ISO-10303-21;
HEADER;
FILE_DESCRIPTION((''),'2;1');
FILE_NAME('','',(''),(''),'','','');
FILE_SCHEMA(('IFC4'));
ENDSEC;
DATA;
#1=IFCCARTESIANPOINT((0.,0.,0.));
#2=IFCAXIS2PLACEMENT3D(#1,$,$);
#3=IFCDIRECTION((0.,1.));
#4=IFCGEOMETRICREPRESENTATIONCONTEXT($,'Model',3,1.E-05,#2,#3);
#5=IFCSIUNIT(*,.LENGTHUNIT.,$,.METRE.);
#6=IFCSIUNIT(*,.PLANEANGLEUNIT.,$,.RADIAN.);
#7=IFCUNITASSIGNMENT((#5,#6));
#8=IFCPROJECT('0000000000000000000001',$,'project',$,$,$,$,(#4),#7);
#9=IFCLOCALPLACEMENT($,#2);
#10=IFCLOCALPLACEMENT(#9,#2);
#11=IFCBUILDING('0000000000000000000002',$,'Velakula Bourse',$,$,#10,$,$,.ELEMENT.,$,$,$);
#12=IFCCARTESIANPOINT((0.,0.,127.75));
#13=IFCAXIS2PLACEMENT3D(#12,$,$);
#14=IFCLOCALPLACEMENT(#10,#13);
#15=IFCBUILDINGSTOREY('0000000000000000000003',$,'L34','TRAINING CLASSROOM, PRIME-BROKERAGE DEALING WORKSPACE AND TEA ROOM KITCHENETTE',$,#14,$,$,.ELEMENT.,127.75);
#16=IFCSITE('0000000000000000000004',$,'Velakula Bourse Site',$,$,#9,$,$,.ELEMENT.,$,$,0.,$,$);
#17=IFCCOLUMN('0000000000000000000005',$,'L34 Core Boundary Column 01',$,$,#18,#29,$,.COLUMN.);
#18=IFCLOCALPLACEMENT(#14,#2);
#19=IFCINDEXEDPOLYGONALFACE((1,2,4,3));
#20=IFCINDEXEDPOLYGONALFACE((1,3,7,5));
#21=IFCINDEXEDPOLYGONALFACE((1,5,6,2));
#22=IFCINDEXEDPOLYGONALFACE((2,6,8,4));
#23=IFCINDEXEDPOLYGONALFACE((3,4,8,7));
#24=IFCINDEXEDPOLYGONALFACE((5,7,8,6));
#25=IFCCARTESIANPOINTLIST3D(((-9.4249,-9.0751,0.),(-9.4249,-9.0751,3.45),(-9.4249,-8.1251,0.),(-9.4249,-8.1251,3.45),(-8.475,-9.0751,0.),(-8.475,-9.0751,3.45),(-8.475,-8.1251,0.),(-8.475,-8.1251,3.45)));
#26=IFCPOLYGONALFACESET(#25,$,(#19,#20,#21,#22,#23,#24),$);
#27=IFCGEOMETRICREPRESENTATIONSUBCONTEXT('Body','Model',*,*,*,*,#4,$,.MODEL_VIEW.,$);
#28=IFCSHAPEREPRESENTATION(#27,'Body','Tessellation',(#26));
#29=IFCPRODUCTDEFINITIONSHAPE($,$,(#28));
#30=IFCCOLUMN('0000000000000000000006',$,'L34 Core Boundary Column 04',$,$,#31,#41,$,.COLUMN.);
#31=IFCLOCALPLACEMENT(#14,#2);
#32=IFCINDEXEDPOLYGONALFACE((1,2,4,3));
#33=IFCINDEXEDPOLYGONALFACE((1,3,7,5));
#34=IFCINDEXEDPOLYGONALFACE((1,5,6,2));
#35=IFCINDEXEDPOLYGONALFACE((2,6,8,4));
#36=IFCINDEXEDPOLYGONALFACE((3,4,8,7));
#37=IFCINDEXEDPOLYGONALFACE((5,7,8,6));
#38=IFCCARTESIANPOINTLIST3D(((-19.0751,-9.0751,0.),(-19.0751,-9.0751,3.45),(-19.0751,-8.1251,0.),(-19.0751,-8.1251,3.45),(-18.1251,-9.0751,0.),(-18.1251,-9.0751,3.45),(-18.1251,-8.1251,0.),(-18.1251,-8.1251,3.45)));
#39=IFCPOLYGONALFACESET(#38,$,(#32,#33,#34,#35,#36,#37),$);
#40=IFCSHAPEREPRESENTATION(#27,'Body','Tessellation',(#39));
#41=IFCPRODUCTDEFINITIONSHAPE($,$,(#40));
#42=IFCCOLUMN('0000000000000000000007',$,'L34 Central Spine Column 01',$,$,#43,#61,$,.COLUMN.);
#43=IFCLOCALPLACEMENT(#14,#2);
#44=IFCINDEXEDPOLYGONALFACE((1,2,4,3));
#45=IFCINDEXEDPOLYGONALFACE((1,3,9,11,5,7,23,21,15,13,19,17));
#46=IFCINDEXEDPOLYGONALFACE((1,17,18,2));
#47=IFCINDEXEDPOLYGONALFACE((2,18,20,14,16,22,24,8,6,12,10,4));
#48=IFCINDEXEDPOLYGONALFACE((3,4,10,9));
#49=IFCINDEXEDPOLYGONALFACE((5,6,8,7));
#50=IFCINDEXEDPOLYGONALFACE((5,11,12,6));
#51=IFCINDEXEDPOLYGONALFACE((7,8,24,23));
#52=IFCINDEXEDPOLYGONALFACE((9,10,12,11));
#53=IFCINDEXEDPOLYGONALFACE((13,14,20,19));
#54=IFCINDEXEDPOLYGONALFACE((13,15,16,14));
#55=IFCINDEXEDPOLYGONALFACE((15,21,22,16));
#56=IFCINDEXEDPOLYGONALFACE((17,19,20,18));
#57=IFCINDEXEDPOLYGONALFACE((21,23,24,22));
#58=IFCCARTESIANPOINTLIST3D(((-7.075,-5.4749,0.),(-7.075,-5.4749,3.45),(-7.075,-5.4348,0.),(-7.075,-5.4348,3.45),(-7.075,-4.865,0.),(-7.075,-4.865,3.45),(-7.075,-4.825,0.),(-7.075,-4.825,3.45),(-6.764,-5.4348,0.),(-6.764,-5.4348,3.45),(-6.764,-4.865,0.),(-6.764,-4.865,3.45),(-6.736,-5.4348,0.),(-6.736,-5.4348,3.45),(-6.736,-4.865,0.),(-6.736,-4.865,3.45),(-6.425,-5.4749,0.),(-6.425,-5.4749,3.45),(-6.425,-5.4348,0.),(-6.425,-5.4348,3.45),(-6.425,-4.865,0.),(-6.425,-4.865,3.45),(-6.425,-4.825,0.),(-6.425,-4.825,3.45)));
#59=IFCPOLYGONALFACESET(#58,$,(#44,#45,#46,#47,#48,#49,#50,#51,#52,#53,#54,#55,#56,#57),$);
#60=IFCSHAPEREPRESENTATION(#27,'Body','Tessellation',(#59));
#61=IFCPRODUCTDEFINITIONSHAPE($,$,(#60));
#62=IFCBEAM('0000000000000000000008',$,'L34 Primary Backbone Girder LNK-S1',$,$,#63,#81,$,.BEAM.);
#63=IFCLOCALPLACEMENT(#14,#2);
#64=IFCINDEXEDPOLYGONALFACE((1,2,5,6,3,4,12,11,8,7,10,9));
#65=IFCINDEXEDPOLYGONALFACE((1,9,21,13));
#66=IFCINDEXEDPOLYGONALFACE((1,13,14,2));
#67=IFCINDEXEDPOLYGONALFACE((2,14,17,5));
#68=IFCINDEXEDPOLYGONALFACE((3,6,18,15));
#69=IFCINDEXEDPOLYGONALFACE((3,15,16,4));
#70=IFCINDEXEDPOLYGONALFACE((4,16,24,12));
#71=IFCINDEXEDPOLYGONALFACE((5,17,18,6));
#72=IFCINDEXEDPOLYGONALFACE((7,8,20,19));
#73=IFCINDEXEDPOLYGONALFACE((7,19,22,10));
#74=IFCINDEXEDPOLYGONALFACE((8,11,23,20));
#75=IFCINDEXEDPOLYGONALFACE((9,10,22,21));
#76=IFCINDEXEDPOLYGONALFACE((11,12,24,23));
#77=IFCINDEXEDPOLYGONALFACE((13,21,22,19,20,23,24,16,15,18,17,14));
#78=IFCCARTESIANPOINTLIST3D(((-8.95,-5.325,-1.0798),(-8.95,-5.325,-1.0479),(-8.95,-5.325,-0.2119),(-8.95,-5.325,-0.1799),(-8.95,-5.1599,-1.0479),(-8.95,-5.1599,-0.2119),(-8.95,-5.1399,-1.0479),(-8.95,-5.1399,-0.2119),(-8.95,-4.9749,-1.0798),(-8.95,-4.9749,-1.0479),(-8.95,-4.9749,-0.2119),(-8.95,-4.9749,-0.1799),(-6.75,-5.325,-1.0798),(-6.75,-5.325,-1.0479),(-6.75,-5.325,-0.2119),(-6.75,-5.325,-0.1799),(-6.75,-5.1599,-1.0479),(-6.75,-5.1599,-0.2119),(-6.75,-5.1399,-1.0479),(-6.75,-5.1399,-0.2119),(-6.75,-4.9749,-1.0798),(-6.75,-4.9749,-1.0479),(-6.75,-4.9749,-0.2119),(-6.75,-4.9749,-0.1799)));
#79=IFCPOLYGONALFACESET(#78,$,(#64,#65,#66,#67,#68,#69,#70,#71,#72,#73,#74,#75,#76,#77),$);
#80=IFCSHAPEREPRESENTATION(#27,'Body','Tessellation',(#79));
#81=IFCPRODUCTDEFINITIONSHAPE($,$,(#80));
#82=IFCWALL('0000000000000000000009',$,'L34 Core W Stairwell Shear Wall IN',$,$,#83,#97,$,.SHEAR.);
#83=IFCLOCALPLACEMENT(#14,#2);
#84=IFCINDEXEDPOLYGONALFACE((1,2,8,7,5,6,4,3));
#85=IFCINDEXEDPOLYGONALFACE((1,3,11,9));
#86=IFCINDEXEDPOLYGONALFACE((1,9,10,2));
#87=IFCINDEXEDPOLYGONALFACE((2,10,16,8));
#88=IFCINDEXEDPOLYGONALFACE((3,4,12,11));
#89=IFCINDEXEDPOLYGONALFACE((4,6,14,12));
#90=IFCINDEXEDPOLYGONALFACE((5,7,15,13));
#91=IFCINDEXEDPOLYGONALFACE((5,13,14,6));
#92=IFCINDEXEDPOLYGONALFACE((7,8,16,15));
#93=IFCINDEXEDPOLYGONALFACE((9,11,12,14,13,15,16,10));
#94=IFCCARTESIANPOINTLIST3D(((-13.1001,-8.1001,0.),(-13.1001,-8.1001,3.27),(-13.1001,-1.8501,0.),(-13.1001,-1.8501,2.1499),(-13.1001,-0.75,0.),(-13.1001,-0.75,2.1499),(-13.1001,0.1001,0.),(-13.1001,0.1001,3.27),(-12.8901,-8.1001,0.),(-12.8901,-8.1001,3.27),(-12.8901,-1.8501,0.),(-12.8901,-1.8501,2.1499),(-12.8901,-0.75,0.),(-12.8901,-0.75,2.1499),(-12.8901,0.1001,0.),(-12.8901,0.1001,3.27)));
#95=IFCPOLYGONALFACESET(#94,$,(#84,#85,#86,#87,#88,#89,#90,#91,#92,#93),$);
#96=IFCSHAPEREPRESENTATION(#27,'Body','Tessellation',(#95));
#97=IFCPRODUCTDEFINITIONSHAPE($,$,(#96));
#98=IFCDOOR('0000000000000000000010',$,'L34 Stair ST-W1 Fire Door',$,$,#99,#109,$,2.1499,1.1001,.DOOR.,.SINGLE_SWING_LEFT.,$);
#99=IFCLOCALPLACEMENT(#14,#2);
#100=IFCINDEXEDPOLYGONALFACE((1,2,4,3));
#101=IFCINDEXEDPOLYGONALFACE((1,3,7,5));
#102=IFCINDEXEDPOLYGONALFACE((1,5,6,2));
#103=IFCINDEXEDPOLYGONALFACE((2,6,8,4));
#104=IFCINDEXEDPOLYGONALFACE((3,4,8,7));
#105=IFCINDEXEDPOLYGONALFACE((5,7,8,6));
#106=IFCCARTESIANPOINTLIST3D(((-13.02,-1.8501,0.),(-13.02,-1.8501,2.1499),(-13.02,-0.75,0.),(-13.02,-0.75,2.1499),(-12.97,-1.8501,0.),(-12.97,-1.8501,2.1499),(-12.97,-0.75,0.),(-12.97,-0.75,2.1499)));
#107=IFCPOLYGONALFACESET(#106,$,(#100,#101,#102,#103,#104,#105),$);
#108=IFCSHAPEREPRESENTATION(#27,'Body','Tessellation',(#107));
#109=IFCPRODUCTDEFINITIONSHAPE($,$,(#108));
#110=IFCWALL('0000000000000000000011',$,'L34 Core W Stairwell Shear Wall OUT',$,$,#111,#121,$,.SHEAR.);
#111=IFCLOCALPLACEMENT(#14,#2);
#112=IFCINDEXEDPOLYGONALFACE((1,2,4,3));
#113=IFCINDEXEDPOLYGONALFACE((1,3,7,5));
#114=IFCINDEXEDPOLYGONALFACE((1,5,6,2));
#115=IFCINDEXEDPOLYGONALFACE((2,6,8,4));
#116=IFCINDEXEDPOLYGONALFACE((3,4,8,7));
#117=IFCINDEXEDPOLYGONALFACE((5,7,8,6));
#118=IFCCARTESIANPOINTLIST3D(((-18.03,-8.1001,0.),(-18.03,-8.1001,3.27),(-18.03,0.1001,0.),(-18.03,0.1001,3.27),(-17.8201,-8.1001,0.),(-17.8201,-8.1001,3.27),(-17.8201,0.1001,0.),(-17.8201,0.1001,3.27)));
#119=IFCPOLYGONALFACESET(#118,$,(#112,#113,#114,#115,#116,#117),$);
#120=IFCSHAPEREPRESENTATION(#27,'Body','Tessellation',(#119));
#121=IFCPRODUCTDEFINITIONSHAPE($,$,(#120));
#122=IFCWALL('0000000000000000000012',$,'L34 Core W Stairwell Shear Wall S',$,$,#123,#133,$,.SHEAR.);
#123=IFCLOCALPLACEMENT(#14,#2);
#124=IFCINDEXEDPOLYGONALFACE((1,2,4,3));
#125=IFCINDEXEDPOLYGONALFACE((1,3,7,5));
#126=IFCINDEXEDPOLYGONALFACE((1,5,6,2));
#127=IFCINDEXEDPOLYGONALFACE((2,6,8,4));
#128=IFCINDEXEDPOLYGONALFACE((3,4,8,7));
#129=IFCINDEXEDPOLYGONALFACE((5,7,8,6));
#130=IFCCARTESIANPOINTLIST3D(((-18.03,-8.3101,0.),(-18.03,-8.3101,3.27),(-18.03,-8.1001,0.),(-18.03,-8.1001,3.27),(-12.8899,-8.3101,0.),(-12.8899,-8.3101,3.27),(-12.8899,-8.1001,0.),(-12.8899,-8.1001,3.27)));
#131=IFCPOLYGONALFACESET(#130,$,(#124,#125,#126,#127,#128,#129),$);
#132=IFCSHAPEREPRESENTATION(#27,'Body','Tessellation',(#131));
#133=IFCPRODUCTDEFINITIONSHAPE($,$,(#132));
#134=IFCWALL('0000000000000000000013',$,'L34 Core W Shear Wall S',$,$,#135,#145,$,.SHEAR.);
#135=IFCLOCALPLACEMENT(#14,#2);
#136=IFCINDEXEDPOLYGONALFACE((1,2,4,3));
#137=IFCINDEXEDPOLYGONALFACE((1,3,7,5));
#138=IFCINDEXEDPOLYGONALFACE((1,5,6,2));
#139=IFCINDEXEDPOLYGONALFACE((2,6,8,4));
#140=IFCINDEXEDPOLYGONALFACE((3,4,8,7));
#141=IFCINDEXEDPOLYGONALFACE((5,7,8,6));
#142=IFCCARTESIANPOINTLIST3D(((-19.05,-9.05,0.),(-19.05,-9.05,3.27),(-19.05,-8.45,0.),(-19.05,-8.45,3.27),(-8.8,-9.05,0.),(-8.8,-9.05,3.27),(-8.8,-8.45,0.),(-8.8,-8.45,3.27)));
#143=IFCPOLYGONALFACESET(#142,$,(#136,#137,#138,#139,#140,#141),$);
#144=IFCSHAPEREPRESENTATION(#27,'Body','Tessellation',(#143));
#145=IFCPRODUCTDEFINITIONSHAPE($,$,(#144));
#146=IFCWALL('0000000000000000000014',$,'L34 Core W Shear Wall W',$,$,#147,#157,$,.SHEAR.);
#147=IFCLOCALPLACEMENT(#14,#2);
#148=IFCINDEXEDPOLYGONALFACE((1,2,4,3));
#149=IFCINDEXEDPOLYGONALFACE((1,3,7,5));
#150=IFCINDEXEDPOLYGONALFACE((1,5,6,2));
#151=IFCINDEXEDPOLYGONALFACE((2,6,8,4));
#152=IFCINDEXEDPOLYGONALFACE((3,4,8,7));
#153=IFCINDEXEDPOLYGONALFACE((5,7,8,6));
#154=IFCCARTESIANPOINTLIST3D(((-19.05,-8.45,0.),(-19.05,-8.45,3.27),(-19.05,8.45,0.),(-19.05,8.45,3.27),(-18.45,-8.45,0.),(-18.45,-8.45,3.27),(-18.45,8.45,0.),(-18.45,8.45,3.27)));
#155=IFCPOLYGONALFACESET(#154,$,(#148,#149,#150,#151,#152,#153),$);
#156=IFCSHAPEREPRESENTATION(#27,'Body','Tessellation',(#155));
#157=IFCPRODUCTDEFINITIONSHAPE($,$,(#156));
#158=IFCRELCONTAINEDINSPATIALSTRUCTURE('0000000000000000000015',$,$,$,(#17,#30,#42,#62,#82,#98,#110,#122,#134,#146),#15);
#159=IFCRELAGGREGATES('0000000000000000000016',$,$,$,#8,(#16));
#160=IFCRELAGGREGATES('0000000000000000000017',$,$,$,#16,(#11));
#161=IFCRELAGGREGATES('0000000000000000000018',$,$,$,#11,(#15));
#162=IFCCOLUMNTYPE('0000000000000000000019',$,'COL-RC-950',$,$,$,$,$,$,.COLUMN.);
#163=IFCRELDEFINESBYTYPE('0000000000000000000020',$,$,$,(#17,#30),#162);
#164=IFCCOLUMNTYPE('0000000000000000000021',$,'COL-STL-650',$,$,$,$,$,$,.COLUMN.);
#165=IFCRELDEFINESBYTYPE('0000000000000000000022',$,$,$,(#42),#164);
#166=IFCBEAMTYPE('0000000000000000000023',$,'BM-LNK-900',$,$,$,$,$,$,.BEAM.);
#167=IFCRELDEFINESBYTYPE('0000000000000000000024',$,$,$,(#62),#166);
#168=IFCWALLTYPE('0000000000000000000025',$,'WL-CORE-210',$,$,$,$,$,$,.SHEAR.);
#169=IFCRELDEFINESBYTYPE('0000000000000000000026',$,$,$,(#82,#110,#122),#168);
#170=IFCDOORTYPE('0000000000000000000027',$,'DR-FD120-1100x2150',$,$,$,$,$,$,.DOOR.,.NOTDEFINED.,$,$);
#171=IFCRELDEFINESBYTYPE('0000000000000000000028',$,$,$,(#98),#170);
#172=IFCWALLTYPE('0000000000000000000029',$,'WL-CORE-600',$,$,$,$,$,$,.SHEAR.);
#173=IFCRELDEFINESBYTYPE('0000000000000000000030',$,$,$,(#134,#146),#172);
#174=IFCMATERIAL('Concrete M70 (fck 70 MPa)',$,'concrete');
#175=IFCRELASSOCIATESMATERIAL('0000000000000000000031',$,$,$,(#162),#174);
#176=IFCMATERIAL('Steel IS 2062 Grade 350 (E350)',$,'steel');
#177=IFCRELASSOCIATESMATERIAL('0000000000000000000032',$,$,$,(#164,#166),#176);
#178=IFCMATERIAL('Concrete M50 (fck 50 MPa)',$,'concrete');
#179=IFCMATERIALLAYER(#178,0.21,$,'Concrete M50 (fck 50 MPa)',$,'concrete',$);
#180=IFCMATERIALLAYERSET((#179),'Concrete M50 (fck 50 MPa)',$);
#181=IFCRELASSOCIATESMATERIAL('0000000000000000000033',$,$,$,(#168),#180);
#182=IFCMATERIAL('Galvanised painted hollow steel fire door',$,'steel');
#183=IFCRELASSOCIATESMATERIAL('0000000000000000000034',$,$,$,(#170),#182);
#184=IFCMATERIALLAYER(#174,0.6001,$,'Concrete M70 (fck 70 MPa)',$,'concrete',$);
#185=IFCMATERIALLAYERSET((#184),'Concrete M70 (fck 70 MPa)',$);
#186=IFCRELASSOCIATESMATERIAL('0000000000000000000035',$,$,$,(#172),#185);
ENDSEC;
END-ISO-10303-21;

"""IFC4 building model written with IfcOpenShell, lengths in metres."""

from ifc_helpers import new_model, si_unit, direction, frame, frame_2d, origin, origin_2d, place, context, subcontext, project, spatial, rectangle, i_section, extrude, material, layer, layer_set, material_profile, profile_set, type_object, element, fill, save


model = new_model("IFC4")

# Units and contexts
model_context = context("Model", 3, precision=1e-05, world=origin(), true_north=direction((0.0, 1.0)))
body_context = subcontext(model_context, "Body", "Model", "MODEL_VIEW")
ifc_project = project(units=[si_unit("LENGTHUNIT", "METRE"), si_unit("PLANEANGLEUNIT", "RADIAN")], contexts=[model_context])

# Site, building, storey
site_placement = place(None, origin())
site = spatial("IfcSite", under=ifc_project, at=site_placement, Name="Velakula Bourse Site", CompositionType="ELEMENT", RefElevation=0.0)
building_placement = place(site_placement, origin())
building = spatial("IfcBuilding", under=site, at=building_placement, Name="Velakula Bourse", CompositionType="ELEMENT")
storey_placement = place(building_placement, frame((0.0, 0.0, 127.75)))
storey = spatial("IfcBuildingStorey", under=building, at=storey_placement, Name="L34", Description="TRAINING CLASSROOM, PRIME-BROKERAGE DEALING WORKSPACE AND TEA ROOM KITCHENETTE", CompositionType="ELEMENT", Elevation=127.75)

# Columns
ifc_material_1 = material(Name="Concrete M70 (fck 70 MPa)", Category="concrete")
ifc_material_profile_1 = material_profile(ifc_material_1, rectangle(XDim=0.95, YDim=0.95, at=origin_2d()), Name="Concrete M70 (fck 70 MPa)")
ifc_profile_set_1 = profile_set([ifc_material_profile_1], Name="Concrete M70 (fck 70 MPa)")
column_type_1 = type_object("IfcColumnType", Name="COL-RC-950", PredefinedType="COLUMN", material=ifc_profile_set_1)
for number, where, z_axis, x_axis, name in (
    (1, (-8.95, -8.6001, 0.0), (0.0, 0.0, 1.0), (1.0, 0.0, 0.0), "L34 Core Boundary Column 01"),
    (2, (-18.6001, -8.6001, 0.0), (0.0, 0.0, 1.0), (1.0, 0.0, 0.0), "L34 Core Boundary Column 04"),
):
    element("IfcColumn", number, at=place(storey_placement, frame(where, z_axis=z_axis, x_axis=x_axis)), inside=storey, type_object=column_type_1, Name=name, PredefinedType="COLUMN", context=body_context, shape_type="SweptSolid", body=[
        extrude(rectangle(XDim=0.95, YDim=0.95, at=origin_2d()), origin(), (0.0, 0.0, 1.0), 3.45),
    ])
ifc_material_2 = material(Name="Steel IS 2062 Grade 350 (E350)", Category="steel")
ifc_material_profile_2 = material_profile(ifc_material_2, i_section(OverallWidth=0.6499, OverallDepth=0.6499, WebThickness=0.0281, FlangeThickness=0.04, at=origin_2d()), Name="Steel IS 2062 Grade 350 (E350)")
ifc_profile_set_2 = profile_set([ifc_material_profile_2], Name="Steel IS 2062 Grade 350 (E350)")
column_type_2 = type_object("IfcColumnType", Name="COL-STL-650", PredefinedType="COLUMN", material=ifc_profile_set_2)
column_placement = place(storey_placement, frame((-6.75, -5.1499, 0.0), z_axis=(0.0, 0.0, 1.0), x_axis=(1.0, 0.0, 0.0)))
element("IfcColumn", 3, at=column_placement, inside=storey, type_object=column_type_2, Name="L34 Central Spine Column 01", PredefinedType="COLUMN", context=body_context, shape_type="SweptSolid", body=[
    extrude(i_section(OverallWidth=0.6499, OverallDepth=0.6499, WebThickness=0.0281, FlangeThickness=0.04, at=origin_2d()), origin(), (0.0, 0.0, 1.0), 3.45),
])

# Beam
ifc_material_profile_3 = material_profile(ifc_material_2, i_section(OverallWidth=0.3501, OverallDepth=0.8999, WebThickness=0.02, FlangeThickness=0.032, at=origin_2d()), Name="Steel IS 2062 Grade 350 (E350)")
ifc_profile_set_3 = profile_set([ifc_material_profile_3], Name="Steel IS 2062 Grade 350 (E350)")
beam_type = type_object("IfcBeamType", Name="BM-LNK-900", PredefinedType="BEAM", material=ifc_profile_set_3)
beam_placement = place(storey_placement, frame((-8.95, -5.1499, -0.6299), z_axis=(1.0, 0.0, 0.0), x_axis=(0.0, 1.0, 0.0)))
element("IfcBeam", 4, at=beam_placement, inside=storey, type_object=beam_type, Name="L34 Primary Backbone Girder LNK-S1", PredefinedType="BEAM", context=body_context, shape_type="SweptSolid", body=[
    extrude(i_section(OverallWidth=0.3501, OverallDepth=0.8999, WebThickness=0.02, FlangeThickness=0.032, at=origin_2d()), origin(), (0.0, 0.0, 1.0), 2.2),
])

# Wall, opening, door
ifc_material_3 = material(Name="Concrete M50 (fck 50 MPa)", Category="concrete")
ifc_layer_1 = layer(ifc_material_3, 0.21, Name="Concrete M50 (fck 50 MPa)", Category="concrete")
ifc_layer_set_1 = layer_set([ifc_layer_1], Name="Concrete M50 (fck 50 MPa)")
wall_type_1 = type_object("IfcWallType", Name="WL-CORE-210", PredefinedType="SHEAR", material=ifc_layer_set_1)
wall_1_placement = place(storey_placement, frame((-12.9951, -8.1001, 0.0), z_axis=(0.0, 0.0, 1.0), x_axis=(0.0, 1.0, 0.0)))
wall_1 = element("IfcWall", 5, at=wall_1_placement, inside=storey, type_object=wall_type_1, Name="L34 Core W Stairwell Shear Wall IN", PredefinedType="SHEAR", context=body_context, shape_type="SweptSolid", body=[
    extrude(rectangle(XDim=8.2002, YDim=0.21, at=frame_2d((4.1001, 0.0))), origin(), (0.0, 0.0, 1.0), 3.27),
])
opening_1_placement = place(wall_1_placement, frame((6.25, 0.0, 0.0)))
opening_1 = element("IfcOpeningElement", 6, at=opening_1_placement, cuts=wall_1, PredefinedType="OPENING", context=body_context, shape_type="SweptSolid", body=[
    extrude(rectangle(XDim=1.1001, YDim=2.1499, at=frame_2d((0.55, 1.075))), frame((0.0, 0.115, 0.0), z_axis=(0.0, -1.0, 0.0), x_axis=(1.0, 0.0, 0.0)), (0.0, 0.0, 1.0), 0.23),
])
ifc_material_4 = material(Name="Galvanised painted hollow steel fire door", Category="steel")
door_type_1 = type_object("IfcDoorType", Name="DR-FD120-1100x2150", OperationType="NOTDEFINED", PredefinedType="DOOR", material=ifc_material_4)
door_1_placement = place(opening_1_placement, origin())
door_1 = element("IfcDoor", 7, at=door_1_placement, inside=storey, type_object=door_type_1, Name="L34 Stair ST-W1 Fire Door", OperationType="SINGLE_SWING_LEFT", OverallHeight=2.1499, OverallWidth=1.1001, PredefinedType="DOOR", context=body_context, shape_type="SweptSolid", body=[
    extrude(rectangle(XDim=1.1001, YDim=2.1499, at=frame_2d((0.55, 1.075))), frame((0.0, 0.0249, 0.0), z_axis=(0.0, -1.0, 0.0), x_axis=(1.0, 0.0, 0.0)), (0.0, 0.0, 1.0), 0.05),
])
fill(opening_1, door_1)

# Walls
wall_2_placement = place(storey_placement, frame((-17.925, -8.1001, 0.0), z_axis=(0.0, 0.0, 1.0), x_axis=(0.0, 1.0, 0.0)))
element("IfcWall", 8, at=wall_2_placement, inside=storey, type_object=wall_type_1, Name="L34 Core W Stairwell Shear Wall OUT", PredefinedType="SHEAR", context=body_context, shape_type="SweptSolid", body=[
    extrude(rectangle(XDim=8.2002, YDim=0.21, at=frame_2d((4.1001, 0.0))), origin(), (0.0, 0.0, 1.0), 3.27),
])
wall_3_placement = place(storey_placement, frame((-18.03, -8.2051, 0.0), z_axis=(0.0, 0.0, 1.0), x_axis=(1.0, 0.0, 0.0)))
element("IfcWall", 9, at=wall_3_placement, inside=storey, type_object=wall_type_1, Name="L34 Core W Stairwell Shear Wall S", PredefinedType="SHEAR", context=body_context, shape_type="SweptSolid", body=[
    extrude(rectangle(XDim=5.1401, YDim=0.21, at=frame_2d((2.5701, 0.0))), origin(), (0.0, 0.0, 1.0), 3.27),
])
ifc_layer_2 = layer(ifc_material_1, 0.6001, Name="Concrete M70 (fck 70 MPa)", Category="concrete")
ifc_layer_set_2 = layer_set([ifc_layer_2], Name="Concrete M70 (fck 70 MPa)")
wall_type_2 = type_object("IfcWallType", Name="WL-CORE-600", PredefinedType="SHEAR", material=ifc_layer_set_2)
wall_4_placement = place(storey_placement, frame((-19.05, -8.75, 0.0), z_axis=(0.0, 0.0, 1.0), x_axis=(1.0, 0.0, 0.0)))
element("IfcWall", 10, at=wall_4_placement, inside=storey, type_object=wall_type_2, Name="L34 Core W Shear Wall S", PredefinedType="SHEAR", context=body_context, shape_type="SweptSolid", body=[
    extrude(rectangle(XDim=10.25, YDim=0.6001, at=frame_2d((5.125, 0.0))), origin(), (0.0, 0.0, 1.0), 3.27),
])
wall_5_placement = place(storey_placement, frame((-18.75, -8.45, 0.0), z_axis=(0.0, 0.0, 1.0), x_axis=(0.0, 1.0, 0.0)))
element("IfcWall", 11, at=wall_5_placement, inside=storey, type_object=wall_type_2, Name="L34 Core W Shear Wall W", PredefinedType="SHEAR", context=body_context, shape_type="SweptSolid", body=[
    extrude(rectangle(XDim=16.8999, YDim=0.6001, at=frame_2d((8.45, 0.0))), origin(), (0.0, 0.0, 1.0), 3.27),
])

save(model, "model.ifc")
